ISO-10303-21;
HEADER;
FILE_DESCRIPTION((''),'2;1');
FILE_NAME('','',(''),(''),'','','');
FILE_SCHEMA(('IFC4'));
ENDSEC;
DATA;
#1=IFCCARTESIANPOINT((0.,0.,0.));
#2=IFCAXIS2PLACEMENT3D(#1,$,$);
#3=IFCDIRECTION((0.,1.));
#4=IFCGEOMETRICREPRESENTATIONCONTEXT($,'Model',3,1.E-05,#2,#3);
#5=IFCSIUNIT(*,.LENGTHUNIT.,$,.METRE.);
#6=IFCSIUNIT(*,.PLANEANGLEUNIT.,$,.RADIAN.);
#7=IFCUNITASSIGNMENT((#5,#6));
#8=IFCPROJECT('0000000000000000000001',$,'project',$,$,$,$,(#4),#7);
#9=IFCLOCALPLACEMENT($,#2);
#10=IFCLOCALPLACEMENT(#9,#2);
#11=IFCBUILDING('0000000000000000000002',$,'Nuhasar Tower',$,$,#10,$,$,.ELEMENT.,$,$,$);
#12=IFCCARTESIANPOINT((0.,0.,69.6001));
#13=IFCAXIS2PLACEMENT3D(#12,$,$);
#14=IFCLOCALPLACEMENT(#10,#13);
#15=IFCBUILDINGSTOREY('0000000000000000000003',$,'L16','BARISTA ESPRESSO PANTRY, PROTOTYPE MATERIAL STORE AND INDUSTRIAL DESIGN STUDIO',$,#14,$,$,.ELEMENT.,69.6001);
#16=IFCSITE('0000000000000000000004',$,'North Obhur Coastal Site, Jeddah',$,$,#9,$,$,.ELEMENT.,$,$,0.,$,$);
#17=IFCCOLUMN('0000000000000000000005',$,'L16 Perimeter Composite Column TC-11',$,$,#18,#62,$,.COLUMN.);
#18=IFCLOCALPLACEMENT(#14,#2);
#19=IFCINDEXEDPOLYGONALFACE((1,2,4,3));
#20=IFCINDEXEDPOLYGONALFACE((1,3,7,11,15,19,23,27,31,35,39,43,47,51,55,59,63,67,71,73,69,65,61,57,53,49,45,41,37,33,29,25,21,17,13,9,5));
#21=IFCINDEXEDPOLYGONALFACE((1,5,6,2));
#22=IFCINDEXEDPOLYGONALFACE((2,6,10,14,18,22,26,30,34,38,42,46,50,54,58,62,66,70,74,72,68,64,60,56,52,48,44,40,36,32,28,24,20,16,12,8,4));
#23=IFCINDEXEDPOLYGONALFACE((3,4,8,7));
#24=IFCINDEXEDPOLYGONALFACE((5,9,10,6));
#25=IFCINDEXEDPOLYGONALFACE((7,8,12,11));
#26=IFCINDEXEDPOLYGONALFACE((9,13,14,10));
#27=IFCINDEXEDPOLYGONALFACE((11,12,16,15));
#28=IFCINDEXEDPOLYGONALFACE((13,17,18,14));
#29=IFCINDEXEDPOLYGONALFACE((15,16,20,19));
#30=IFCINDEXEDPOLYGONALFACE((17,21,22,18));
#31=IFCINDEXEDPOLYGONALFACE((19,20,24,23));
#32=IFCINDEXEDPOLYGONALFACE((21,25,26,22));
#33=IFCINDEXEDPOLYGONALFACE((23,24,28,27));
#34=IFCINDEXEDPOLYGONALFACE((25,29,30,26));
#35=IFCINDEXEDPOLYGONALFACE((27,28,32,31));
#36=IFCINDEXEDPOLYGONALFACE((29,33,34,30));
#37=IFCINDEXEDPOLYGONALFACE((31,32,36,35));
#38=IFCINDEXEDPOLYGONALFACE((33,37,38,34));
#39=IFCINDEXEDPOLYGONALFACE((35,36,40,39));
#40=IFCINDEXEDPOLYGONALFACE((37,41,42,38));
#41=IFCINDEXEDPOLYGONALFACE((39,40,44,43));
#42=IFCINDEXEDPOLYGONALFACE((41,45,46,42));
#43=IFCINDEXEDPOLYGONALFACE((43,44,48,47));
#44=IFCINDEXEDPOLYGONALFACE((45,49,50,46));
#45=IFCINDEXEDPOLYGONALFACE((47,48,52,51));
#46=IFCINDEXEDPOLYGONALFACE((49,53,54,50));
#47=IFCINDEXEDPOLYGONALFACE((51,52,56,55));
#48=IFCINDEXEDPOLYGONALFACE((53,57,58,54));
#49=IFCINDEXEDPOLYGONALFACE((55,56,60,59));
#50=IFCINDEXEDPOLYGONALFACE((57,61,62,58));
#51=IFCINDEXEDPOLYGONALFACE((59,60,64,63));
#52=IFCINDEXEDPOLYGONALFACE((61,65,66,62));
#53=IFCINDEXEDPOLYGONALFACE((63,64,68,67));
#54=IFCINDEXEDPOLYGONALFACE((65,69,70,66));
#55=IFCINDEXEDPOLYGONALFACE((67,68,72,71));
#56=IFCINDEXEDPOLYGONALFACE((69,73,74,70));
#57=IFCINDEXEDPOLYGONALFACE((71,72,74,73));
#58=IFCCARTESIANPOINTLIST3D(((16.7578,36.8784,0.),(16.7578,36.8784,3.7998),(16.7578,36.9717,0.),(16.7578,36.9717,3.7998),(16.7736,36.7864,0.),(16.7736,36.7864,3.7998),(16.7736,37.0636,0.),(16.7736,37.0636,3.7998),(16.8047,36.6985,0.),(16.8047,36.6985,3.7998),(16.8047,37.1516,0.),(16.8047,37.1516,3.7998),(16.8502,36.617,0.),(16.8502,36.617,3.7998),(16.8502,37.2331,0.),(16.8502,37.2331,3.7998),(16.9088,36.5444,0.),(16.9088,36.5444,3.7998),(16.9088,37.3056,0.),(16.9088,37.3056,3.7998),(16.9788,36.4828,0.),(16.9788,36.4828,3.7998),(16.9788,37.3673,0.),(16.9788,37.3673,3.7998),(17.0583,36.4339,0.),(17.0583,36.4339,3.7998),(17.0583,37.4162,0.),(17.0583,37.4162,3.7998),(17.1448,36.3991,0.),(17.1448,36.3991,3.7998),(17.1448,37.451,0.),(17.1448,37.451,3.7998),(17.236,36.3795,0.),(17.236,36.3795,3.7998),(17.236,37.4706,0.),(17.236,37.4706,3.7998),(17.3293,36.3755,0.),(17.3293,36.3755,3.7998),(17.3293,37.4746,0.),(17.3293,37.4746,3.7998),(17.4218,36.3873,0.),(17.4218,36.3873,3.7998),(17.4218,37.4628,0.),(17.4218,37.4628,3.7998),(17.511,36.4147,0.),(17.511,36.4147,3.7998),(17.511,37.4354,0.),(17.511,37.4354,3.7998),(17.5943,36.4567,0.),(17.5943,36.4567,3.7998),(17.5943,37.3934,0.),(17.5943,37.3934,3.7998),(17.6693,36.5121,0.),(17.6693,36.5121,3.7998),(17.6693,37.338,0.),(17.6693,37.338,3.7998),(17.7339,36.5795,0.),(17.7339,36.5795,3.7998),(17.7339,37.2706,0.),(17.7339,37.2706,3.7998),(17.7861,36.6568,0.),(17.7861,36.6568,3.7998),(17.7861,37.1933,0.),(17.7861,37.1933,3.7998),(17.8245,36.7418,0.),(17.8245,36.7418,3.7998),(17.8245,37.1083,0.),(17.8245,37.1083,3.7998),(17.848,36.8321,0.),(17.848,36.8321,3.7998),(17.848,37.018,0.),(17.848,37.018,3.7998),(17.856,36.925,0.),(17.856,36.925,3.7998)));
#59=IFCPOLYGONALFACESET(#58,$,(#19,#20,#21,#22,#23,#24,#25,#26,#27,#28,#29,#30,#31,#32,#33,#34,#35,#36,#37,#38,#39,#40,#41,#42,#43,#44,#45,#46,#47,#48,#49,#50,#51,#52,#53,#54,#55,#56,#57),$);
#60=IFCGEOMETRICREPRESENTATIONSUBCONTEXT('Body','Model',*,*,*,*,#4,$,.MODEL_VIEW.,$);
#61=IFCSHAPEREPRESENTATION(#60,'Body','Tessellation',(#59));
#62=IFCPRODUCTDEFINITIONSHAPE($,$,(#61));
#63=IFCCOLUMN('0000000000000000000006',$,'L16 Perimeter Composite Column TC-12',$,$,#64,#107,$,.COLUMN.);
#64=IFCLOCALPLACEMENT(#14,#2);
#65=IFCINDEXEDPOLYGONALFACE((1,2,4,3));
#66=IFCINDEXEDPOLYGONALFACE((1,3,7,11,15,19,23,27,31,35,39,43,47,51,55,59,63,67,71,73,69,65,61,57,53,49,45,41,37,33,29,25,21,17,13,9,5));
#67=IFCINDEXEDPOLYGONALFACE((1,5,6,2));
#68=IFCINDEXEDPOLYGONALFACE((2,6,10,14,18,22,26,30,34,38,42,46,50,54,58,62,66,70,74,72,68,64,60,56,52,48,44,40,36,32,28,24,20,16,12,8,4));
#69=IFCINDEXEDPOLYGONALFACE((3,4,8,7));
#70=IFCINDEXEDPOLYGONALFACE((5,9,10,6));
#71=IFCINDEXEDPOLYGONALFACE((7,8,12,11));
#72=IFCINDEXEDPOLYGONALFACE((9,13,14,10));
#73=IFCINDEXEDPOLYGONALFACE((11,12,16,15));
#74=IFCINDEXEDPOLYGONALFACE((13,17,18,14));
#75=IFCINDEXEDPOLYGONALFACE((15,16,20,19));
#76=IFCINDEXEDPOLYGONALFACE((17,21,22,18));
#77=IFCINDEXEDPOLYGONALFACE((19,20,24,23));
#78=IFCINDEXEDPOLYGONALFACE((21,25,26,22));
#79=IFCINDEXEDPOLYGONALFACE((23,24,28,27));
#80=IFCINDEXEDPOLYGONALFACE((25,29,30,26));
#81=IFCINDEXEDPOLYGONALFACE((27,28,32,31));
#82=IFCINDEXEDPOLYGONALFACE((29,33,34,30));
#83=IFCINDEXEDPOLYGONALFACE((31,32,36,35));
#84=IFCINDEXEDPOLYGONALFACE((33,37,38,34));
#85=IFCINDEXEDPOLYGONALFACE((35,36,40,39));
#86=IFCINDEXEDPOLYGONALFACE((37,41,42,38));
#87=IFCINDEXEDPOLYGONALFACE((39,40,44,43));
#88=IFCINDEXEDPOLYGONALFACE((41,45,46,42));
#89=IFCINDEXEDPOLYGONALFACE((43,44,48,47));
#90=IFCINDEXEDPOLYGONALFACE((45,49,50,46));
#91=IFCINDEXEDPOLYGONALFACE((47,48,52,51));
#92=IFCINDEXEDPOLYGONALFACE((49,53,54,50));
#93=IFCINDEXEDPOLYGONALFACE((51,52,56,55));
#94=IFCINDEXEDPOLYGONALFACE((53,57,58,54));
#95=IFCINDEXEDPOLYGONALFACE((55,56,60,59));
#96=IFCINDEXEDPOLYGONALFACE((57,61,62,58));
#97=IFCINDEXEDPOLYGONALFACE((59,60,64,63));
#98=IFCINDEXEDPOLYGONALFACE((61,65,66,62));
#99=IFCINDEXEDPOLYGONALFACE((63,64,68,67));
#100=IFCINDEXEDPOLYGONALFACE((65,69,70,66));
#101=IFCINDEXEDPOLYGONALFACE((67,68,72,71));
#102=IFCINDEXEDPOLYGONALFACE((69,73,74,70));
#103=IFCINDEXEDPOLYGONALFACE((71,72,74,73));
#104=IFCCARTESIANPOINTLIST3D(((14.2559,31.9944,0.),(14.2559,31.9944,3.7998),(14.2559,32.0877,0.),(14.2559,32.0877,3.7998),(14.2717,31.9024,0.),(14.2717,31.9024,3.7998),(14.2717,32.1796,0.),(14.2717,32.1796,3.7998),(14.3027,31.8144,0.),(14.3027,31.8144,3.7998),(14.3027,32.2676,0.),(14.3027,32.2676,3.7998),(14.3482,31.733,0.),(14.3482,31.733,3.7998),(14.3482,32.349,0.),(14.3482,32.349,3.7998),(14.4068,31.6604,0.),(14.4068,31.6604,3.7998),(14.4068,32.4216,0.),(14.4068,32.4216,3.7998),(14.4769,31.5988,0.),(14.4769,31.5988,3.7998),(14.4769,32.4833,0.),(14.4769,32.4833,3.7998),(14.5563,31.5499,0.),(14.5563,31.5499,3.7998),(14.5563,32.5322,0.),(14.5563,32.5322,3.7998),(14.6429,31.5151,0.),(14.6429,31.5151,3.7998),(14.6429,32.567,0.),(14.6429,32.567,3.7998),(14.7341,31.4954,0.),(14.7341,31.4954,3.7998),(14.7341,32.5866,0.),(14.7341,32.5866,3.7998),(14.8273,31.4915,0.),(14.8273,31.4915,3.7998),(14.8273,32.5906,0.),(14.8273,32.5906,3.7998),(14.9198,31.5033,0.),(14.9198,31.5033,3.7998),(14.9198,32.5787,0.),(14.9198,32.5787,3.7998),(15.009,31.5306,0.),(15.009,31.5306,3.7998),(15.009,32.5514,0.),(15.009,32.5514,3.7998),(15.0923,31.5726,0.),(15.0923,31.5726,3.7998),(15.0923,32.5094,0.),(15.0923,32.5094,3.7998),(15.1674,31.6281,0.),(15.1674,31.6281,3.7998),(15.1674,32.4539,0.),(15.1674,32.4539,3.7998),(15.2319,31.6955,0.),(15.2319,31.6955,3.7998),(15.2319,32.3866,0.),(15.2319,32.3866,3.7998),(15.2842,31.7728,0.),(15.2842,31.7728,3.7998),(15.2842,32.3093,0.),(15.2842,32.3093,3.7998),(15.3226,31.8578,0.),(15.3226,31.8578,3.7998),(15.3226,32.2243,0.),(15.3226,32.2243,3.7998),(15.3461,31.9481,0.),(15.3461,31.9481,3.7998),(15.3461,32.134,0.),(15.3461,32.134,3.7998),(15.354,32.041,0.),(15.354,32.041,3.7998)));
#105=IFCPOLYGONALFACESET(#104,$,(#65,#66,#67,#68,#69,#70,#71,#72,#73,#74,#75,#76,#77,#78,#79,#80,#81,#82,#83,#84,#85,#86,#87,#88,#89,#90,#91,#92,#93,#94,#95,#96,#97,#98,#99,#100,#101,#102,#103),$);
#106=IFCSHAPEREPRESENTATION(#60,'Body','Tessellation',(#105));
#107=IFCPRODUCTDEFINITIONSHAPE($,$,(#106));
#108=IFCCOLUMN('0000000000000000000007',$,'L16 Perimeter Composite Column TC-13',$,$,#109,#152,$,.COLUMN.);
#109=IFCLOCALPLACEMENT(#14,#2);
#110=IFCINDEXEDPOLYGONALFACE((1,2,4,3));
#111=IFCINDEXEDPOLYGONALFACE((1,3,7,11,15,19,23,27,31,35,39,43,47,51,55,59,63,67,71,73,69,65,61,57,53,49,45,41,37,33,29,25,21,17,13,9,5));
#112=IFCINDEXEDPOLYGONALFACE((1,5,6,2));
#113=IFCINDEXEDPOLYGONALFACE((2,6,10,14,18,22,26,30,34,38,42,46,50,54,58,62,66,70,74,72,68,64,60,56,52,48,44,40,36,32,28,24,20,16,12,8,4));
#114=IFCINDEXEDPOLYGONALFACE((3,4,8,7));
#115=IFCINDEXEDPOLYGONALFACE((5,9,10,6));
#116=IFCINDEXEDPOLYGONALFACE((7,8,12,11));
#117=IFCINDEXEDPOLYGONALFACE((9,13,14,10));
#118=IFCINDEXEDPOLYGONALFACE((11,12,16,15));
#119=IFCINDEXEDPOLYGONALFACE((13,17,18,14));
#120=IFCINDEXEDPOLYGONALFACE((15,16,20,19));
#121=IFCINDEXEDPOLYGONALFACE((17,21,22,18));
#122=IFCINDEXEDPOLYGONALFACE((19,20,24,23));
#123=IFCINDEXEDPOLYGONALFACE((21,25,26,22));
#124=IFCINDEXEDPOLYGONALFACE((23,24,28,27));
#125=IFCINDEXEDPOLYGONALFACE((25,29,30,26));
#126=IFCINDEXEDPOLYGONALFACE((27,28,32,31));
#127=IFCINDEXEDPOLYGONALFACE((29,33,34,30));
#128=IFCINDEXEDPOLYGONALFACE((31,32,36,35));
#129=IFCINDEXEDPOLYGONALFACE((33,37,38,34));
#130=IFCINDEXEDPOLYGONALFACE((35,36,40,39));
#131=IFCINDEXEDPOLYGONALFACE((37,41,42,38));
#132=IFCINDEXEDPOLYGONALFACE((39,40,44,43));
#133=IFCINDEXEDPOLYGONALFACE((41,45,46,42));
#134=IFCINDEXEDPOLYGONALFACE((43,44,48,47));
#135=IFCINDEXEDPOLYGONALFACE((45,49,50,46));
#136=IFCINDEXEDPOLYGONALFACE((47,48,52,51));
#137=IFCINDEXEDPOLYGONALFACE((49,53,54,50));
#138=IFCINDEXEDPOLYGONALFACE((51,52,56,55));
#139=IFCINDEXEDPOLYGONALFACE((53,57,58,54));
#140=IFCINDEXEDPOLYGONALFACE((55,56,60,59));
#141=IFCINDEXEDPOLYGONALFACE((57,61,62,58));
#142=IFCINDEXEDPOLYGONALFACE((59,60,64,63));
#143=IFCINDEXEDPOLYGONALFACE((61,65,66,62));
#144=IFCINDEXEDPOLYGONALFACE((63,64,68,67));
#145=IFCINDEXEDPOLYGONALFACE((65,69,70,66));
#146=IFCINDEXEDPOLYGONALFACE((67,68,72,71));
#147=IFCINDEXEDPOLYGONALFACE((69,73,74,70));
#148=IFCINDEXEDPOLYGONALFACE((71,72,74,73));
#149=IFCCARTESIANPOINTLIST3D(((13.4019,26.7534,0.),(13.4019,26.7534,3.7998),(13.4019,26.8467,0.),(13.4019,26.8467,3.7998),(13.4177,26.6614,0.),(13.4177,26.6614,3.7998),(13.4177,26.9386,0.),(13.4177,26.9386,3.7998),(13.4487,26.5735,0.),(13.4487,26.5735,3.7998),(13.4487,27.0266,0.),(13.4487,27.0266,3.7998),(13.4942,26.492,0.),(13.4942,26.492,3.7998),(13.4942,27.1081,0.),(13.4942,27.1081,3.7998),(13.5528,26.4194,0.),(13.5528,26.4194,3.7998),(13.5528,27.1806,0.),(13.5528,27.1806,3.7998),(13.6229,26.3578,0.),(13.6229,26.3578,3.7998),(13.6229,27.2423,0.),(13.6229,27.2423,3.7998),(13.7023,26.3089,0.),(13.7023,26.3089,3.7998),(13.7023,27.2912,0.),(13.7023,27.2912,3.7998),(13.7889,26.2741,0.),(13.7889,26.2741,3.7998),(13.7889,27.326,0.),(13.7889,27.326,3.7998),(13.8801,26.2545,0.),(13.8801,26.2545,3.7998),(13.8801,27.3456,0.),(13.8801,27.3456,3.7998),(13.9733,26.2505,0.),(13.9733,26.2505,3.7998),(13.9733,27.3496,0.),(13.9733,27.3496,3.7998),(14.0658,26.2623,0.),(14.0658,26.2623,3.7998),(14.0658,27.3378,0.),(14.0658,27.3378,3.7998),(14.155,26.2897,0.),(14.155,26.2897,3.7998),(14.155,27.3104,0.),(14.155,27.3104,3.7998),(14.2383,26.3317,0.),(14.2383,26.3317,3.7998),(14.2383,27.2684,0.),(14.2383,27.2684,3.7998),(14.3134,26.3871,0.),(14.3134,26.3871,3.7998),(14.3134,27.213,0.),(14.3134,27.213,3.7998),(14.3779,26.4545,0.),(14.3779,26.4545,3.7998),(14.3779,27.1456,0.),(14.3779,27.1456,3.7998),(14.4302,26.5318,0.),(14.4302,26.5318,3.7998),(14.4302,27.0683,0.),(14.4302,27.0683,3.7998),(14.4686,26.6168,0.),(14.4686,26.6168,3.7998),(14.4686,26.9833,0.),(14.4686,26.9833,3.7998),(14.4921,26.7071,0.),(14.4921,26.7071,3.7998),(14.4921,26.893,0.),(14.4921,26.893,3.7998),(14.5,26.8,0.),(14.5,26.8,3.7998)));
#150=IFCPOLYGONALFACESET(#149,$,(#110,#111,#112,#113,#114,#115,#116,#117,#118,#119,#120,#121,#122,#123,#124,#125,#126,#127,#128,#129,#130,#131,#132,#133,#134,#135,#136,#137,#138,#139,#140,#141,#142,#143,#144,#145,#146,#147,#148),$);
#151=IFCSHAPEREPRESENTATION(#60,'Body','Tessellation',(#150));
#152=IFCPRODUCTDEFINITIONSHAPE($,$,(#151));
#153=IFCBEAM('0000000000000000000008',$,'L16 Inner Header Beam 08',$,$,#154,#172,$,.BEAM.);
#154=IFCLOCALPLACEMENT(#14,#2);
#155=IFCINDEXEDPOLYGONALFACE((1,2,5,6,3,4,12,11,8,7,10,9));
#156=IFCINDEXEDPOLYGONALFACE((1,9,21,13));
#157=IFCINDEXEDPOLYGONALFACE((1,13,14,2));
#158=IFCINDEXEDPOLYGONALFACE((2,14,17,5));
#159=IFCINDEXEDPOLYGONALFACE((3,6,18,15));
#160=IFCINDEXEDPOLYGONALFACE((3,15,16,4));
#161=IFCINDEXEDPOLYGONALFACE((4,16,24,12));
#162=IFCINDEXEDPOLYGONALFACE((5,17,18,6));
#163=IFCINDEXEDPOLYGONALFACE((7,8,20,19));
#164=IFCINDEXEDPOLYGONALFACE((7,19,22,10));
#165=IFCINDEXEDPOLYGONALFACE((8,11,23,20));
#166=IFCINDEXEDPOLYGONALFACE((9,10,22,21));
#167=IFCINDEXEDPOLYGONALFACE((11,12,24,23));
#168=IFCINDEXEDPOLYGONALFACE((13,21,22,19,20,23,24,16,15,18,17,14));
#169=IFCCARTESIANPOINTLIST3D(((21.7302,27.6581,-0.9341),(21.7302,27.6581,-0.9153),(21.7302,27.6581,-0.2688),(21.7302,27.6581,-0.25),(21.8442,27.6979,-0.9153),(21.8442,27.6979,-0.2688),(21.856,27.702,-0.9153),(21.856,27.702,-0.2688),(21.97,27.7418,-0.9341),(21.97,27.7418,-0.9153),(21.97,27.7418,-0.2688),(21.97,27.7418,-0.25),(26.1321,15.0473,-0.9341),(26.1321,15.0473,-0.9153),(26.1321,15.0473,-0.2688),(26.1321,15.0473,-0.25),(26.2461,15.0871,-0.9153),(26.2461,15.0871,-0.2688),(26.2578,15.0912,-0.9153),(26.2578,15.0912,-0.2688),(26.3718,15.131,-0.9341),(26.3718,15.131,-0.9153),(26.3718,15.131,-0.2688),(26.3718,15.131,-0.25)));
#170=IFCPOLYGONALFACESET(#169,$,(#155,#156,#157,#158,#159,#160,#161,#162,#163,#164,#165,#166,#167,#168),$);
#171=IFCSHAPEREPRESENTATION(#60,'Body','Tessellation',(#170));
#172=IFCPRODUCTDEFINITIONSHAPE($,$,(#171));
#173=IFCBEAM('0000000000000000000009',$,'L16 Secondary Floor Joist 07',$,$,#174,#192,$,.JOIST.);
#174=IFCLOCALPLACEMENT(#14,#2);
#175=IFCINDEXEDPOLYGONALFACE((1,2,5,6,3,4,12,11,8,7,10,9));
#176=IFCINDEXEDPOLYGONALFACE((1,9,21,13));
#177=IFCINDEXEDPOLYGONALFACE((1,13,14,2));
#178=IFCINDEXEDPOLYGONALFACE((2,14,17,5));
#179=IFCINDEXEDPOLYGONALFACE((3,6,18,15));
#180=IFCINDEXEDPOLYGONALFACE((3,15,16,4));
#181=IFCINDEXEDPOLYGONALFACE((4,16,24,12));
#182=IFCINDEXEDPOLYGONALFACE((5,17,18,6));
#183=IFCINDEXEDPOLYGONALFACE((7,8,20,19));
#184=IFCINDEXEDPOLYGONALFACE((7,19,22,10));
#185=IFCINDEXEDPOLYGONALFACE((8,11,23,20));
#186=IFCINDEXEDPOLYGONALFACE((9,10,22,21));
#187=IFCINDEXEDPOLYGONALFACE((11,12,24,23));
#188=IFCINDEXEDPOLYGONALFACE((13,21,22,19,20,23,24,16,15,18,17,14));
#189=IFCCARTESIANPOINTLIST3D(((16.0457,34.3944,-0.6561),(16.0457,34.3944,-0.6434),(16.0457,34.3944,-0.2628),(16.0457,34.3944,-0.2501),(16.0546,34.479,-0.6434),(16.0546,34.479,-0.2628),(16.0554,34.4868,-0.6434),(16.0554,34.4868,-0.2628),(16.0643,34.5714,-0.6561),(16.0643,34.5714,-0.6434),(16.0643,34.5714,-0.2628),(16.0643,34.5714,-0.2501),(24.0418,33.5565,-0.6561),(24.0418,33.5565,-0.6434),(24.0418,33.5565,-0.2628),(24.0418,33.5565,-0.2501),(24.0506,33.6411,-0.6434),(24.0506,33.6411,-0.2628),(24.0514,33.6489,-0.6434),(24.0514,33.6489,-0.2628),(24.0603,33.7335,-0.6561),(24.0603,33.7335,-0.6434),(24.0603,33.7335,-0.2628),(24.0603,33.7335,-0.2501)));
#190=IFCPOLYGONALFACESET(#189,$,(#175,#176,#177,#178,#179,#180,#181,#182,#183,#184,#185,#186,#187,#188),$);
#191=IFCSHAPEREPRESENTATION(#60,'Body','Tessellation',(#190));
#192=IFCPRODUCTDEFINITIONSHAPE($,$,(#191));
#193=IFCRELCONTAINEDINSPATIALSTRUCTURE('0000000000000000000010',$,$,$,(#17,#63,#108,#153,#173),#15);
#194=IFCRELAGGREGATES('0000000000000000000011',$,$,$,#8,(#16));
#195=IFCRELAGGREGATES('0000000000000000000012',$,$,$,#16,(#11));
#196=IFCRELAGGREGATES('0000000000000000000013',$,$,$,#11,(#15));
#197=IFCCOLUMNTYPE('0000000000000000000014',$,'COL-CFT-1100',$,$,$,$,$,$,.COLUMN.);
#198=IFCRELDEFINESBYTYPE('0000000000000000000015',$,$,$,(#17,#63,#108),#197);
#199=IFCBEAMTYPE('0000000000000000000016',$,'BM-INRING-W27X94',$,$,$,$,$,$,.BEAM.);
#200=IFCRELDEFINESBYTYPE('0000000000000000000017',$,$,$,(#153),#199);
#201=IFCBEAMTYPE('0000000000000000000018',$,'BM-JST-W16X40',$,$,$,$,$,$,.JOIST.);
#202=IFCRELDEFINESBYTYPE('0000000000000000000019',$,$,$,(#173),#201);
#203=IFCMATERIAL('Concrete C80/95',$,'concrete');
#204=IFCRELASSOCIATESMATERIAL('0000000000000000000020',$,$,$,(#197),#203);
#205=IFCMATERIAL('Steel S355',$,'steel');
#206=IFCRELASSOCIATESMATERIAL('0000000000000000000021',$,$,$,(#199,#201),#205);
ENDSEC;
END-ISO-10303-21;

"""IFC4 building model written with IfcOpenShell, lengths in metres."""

from ifc_helpers import new_model, si_unit, direction, frame, origin, origin_2d, place, context, subcontext, project, spatial, circle, i_section, extrude, material, material_profile, profile_set, type_object, element, save


model = new_model("IFC4")

# Units and contexts
model_context = context("Model", 3, precision=1e-05, world=origin(), true_north=direction((0.0, 1.0)))
body_context = subcontext(model_context, "Body", "Model", "MODEL_VIEW")
ifc_project = project(units=[si_unit("LENGTHUNIT", "METRE"), si_unit("PLANEANGLEUNIT", "RADIAN")], contexts=[model_context])

# Site, building, storey
site_placement = place(None, origin())
site = spatial("IfcSite", under=ifc_project, at=site_placement, Name="North Obhur Coastal Site, Jeddah", CompositionType="ELEMENT", RefElevation=0.0)
building_placement = place(site_placement, origin())
building = spatial("IfcBuilding", under=site, at=building_placement, Name="Nuhasar Tower", CompositionType="ELEMENT")
storey_placement = place(building_placement, frame((0.0, 0.0, 69.6001)))
storey = spatial("IfcBuildingStorey", under=building, at=storey_placement, Name="L16", Description="BARISTA ESPRESSO PANTRY, PROTOTYPE MATERIAL STORE AND INDUSTRIAL DESIGN STUDIO", CompositionType="ELEMENT", Elevation=69.6001)

# Columns
ifc_material_1 = material(Name="Concrete C80/95", Category="concrete")
ifc_material_profile_1 = material_profile(ifc_material_1, circle(Radius=0.55, at=origin_2d()), Name="CFT1100")
ifc_profile_set_1 = profile_set([ifc_material_profile_1], Name="Concrete C80/95")
column_type = type_object("IfcColumnType", Name="COL-CFT-1100", PredefinedType="COLUMN", material=ifc_profile_set_1)
for number, where, z_axis, x_axis, name in (
    (1, (17.3059, 36.925, 0.0), (0.0, 0.0, 1.0), (1.0, 0.0, 0.0), "L16 Perimeter Composite Column TC-11"),
    (2, (14.804, 32.041, 0.0), (0.0, 0.0, 1.0), (1.0, 0.0, 0.0), "L16 Perimeter Composite Column TC-12"),
    (3, (13.95, 26.8, 0.0), (0.0, 0.0, 1.0), (1.0, 0.0, 0.0), "L16 Perimeter Composite Column TC-13"),
):
    element("IfcColumn", number, at=place(storey_placement, frame(where, z_axis=z_axis, x_axis=x_axis)), inside=storey, type_object=column_type, Name=name, PredefinedType="COLUMN", context=body_context, shape_type="SweptSolid", body=[
        extrude(circle(Radius=0.55, at=origin_2d()), origin(), (0.0, 0.0, 1.0), 3.7998),
    ])

# Beams
ifc_material_2 = material(Name="Steel S355", Category="steel")
ifc_material_profile_2 = material_profile(ifc_material_2, i_section(OverallWidth=0.2539, OverallDepth=0.6841, WebThickness=0.0125, FlangeThickness=0.0188, at=origin_2d()), Name="W27X94")
ifc_profile_set_2 = profile_set([ifc_material_profile_2], Name="Steel S355")
beam_type_1 = type_object("IfcBeamType", Name="BM-INRING-W27X94", PredefinedType="BEAM", material=ifc_profile_set_2)
beam_1_placement = place(storey_placement, frame((21.8501, 27.7, -0.592), z_axis=(0.329554, -0.944137, 0.0), x_axis=(0.944137, 0.329554, 0.0)))
element("IfcBeam", 4, at=beam_1_placement, inside=storey, type_object=beam_type_1, Name="L16 Inner Header Beam 08", PredefinedType="BEAM", context=body_context, shape_type="SweptSolid", body=[
    extrude(i_section(OverallWidth=0.2539, OverallDepth=0.6841, WebThickness=0.0125, FlangeThickness=0.0188, at=origin_2d()), origin(), (0.0, 0.0, 1.0), 13.3569),
])
ifc_material_profile_3 = material_profile(ifc_material_2, i_section(OverallWidth=0.178, OverallDepth=0.406, WebThickness=0.0078, FlangeThickness=0.0127, at=origin_2d()), Name="W16X40")
ifc_profile_set_3 = profile_set([ifc_material_profile_3], Name="Steel S355")
beam_type_2 = type_object("IfcBeamType", Name="BM-JST-W16X40", PredefinedType="JOIST", material=ifc_profile_set_3)
beam_2_placement = place(storey_placement, frame((24.051, 33.645, -0.4531), z_axis=(-0.994555, 0.104217, 0.0), x_axis=(-0.104217, -0.994555, 0.0)))
element("IfcBeam", 5, at=beam_2_placement, inside=storey, type_object=beam_type_2, Name="L16 Secondary Floor Joist 07", PredefinedType="JOIST", context=body_context, shape_type="SweptSolid", body=[
    extrude(i_section(OverallWidth=0.178, OverallDepth=0.406, WebThickness=0.0078, FlangeThickness=0.0127, at=origin_2d()), origin(), (0.0, 0.0, 1.0), 8.0398),
])

save(model, "model.ifc")
